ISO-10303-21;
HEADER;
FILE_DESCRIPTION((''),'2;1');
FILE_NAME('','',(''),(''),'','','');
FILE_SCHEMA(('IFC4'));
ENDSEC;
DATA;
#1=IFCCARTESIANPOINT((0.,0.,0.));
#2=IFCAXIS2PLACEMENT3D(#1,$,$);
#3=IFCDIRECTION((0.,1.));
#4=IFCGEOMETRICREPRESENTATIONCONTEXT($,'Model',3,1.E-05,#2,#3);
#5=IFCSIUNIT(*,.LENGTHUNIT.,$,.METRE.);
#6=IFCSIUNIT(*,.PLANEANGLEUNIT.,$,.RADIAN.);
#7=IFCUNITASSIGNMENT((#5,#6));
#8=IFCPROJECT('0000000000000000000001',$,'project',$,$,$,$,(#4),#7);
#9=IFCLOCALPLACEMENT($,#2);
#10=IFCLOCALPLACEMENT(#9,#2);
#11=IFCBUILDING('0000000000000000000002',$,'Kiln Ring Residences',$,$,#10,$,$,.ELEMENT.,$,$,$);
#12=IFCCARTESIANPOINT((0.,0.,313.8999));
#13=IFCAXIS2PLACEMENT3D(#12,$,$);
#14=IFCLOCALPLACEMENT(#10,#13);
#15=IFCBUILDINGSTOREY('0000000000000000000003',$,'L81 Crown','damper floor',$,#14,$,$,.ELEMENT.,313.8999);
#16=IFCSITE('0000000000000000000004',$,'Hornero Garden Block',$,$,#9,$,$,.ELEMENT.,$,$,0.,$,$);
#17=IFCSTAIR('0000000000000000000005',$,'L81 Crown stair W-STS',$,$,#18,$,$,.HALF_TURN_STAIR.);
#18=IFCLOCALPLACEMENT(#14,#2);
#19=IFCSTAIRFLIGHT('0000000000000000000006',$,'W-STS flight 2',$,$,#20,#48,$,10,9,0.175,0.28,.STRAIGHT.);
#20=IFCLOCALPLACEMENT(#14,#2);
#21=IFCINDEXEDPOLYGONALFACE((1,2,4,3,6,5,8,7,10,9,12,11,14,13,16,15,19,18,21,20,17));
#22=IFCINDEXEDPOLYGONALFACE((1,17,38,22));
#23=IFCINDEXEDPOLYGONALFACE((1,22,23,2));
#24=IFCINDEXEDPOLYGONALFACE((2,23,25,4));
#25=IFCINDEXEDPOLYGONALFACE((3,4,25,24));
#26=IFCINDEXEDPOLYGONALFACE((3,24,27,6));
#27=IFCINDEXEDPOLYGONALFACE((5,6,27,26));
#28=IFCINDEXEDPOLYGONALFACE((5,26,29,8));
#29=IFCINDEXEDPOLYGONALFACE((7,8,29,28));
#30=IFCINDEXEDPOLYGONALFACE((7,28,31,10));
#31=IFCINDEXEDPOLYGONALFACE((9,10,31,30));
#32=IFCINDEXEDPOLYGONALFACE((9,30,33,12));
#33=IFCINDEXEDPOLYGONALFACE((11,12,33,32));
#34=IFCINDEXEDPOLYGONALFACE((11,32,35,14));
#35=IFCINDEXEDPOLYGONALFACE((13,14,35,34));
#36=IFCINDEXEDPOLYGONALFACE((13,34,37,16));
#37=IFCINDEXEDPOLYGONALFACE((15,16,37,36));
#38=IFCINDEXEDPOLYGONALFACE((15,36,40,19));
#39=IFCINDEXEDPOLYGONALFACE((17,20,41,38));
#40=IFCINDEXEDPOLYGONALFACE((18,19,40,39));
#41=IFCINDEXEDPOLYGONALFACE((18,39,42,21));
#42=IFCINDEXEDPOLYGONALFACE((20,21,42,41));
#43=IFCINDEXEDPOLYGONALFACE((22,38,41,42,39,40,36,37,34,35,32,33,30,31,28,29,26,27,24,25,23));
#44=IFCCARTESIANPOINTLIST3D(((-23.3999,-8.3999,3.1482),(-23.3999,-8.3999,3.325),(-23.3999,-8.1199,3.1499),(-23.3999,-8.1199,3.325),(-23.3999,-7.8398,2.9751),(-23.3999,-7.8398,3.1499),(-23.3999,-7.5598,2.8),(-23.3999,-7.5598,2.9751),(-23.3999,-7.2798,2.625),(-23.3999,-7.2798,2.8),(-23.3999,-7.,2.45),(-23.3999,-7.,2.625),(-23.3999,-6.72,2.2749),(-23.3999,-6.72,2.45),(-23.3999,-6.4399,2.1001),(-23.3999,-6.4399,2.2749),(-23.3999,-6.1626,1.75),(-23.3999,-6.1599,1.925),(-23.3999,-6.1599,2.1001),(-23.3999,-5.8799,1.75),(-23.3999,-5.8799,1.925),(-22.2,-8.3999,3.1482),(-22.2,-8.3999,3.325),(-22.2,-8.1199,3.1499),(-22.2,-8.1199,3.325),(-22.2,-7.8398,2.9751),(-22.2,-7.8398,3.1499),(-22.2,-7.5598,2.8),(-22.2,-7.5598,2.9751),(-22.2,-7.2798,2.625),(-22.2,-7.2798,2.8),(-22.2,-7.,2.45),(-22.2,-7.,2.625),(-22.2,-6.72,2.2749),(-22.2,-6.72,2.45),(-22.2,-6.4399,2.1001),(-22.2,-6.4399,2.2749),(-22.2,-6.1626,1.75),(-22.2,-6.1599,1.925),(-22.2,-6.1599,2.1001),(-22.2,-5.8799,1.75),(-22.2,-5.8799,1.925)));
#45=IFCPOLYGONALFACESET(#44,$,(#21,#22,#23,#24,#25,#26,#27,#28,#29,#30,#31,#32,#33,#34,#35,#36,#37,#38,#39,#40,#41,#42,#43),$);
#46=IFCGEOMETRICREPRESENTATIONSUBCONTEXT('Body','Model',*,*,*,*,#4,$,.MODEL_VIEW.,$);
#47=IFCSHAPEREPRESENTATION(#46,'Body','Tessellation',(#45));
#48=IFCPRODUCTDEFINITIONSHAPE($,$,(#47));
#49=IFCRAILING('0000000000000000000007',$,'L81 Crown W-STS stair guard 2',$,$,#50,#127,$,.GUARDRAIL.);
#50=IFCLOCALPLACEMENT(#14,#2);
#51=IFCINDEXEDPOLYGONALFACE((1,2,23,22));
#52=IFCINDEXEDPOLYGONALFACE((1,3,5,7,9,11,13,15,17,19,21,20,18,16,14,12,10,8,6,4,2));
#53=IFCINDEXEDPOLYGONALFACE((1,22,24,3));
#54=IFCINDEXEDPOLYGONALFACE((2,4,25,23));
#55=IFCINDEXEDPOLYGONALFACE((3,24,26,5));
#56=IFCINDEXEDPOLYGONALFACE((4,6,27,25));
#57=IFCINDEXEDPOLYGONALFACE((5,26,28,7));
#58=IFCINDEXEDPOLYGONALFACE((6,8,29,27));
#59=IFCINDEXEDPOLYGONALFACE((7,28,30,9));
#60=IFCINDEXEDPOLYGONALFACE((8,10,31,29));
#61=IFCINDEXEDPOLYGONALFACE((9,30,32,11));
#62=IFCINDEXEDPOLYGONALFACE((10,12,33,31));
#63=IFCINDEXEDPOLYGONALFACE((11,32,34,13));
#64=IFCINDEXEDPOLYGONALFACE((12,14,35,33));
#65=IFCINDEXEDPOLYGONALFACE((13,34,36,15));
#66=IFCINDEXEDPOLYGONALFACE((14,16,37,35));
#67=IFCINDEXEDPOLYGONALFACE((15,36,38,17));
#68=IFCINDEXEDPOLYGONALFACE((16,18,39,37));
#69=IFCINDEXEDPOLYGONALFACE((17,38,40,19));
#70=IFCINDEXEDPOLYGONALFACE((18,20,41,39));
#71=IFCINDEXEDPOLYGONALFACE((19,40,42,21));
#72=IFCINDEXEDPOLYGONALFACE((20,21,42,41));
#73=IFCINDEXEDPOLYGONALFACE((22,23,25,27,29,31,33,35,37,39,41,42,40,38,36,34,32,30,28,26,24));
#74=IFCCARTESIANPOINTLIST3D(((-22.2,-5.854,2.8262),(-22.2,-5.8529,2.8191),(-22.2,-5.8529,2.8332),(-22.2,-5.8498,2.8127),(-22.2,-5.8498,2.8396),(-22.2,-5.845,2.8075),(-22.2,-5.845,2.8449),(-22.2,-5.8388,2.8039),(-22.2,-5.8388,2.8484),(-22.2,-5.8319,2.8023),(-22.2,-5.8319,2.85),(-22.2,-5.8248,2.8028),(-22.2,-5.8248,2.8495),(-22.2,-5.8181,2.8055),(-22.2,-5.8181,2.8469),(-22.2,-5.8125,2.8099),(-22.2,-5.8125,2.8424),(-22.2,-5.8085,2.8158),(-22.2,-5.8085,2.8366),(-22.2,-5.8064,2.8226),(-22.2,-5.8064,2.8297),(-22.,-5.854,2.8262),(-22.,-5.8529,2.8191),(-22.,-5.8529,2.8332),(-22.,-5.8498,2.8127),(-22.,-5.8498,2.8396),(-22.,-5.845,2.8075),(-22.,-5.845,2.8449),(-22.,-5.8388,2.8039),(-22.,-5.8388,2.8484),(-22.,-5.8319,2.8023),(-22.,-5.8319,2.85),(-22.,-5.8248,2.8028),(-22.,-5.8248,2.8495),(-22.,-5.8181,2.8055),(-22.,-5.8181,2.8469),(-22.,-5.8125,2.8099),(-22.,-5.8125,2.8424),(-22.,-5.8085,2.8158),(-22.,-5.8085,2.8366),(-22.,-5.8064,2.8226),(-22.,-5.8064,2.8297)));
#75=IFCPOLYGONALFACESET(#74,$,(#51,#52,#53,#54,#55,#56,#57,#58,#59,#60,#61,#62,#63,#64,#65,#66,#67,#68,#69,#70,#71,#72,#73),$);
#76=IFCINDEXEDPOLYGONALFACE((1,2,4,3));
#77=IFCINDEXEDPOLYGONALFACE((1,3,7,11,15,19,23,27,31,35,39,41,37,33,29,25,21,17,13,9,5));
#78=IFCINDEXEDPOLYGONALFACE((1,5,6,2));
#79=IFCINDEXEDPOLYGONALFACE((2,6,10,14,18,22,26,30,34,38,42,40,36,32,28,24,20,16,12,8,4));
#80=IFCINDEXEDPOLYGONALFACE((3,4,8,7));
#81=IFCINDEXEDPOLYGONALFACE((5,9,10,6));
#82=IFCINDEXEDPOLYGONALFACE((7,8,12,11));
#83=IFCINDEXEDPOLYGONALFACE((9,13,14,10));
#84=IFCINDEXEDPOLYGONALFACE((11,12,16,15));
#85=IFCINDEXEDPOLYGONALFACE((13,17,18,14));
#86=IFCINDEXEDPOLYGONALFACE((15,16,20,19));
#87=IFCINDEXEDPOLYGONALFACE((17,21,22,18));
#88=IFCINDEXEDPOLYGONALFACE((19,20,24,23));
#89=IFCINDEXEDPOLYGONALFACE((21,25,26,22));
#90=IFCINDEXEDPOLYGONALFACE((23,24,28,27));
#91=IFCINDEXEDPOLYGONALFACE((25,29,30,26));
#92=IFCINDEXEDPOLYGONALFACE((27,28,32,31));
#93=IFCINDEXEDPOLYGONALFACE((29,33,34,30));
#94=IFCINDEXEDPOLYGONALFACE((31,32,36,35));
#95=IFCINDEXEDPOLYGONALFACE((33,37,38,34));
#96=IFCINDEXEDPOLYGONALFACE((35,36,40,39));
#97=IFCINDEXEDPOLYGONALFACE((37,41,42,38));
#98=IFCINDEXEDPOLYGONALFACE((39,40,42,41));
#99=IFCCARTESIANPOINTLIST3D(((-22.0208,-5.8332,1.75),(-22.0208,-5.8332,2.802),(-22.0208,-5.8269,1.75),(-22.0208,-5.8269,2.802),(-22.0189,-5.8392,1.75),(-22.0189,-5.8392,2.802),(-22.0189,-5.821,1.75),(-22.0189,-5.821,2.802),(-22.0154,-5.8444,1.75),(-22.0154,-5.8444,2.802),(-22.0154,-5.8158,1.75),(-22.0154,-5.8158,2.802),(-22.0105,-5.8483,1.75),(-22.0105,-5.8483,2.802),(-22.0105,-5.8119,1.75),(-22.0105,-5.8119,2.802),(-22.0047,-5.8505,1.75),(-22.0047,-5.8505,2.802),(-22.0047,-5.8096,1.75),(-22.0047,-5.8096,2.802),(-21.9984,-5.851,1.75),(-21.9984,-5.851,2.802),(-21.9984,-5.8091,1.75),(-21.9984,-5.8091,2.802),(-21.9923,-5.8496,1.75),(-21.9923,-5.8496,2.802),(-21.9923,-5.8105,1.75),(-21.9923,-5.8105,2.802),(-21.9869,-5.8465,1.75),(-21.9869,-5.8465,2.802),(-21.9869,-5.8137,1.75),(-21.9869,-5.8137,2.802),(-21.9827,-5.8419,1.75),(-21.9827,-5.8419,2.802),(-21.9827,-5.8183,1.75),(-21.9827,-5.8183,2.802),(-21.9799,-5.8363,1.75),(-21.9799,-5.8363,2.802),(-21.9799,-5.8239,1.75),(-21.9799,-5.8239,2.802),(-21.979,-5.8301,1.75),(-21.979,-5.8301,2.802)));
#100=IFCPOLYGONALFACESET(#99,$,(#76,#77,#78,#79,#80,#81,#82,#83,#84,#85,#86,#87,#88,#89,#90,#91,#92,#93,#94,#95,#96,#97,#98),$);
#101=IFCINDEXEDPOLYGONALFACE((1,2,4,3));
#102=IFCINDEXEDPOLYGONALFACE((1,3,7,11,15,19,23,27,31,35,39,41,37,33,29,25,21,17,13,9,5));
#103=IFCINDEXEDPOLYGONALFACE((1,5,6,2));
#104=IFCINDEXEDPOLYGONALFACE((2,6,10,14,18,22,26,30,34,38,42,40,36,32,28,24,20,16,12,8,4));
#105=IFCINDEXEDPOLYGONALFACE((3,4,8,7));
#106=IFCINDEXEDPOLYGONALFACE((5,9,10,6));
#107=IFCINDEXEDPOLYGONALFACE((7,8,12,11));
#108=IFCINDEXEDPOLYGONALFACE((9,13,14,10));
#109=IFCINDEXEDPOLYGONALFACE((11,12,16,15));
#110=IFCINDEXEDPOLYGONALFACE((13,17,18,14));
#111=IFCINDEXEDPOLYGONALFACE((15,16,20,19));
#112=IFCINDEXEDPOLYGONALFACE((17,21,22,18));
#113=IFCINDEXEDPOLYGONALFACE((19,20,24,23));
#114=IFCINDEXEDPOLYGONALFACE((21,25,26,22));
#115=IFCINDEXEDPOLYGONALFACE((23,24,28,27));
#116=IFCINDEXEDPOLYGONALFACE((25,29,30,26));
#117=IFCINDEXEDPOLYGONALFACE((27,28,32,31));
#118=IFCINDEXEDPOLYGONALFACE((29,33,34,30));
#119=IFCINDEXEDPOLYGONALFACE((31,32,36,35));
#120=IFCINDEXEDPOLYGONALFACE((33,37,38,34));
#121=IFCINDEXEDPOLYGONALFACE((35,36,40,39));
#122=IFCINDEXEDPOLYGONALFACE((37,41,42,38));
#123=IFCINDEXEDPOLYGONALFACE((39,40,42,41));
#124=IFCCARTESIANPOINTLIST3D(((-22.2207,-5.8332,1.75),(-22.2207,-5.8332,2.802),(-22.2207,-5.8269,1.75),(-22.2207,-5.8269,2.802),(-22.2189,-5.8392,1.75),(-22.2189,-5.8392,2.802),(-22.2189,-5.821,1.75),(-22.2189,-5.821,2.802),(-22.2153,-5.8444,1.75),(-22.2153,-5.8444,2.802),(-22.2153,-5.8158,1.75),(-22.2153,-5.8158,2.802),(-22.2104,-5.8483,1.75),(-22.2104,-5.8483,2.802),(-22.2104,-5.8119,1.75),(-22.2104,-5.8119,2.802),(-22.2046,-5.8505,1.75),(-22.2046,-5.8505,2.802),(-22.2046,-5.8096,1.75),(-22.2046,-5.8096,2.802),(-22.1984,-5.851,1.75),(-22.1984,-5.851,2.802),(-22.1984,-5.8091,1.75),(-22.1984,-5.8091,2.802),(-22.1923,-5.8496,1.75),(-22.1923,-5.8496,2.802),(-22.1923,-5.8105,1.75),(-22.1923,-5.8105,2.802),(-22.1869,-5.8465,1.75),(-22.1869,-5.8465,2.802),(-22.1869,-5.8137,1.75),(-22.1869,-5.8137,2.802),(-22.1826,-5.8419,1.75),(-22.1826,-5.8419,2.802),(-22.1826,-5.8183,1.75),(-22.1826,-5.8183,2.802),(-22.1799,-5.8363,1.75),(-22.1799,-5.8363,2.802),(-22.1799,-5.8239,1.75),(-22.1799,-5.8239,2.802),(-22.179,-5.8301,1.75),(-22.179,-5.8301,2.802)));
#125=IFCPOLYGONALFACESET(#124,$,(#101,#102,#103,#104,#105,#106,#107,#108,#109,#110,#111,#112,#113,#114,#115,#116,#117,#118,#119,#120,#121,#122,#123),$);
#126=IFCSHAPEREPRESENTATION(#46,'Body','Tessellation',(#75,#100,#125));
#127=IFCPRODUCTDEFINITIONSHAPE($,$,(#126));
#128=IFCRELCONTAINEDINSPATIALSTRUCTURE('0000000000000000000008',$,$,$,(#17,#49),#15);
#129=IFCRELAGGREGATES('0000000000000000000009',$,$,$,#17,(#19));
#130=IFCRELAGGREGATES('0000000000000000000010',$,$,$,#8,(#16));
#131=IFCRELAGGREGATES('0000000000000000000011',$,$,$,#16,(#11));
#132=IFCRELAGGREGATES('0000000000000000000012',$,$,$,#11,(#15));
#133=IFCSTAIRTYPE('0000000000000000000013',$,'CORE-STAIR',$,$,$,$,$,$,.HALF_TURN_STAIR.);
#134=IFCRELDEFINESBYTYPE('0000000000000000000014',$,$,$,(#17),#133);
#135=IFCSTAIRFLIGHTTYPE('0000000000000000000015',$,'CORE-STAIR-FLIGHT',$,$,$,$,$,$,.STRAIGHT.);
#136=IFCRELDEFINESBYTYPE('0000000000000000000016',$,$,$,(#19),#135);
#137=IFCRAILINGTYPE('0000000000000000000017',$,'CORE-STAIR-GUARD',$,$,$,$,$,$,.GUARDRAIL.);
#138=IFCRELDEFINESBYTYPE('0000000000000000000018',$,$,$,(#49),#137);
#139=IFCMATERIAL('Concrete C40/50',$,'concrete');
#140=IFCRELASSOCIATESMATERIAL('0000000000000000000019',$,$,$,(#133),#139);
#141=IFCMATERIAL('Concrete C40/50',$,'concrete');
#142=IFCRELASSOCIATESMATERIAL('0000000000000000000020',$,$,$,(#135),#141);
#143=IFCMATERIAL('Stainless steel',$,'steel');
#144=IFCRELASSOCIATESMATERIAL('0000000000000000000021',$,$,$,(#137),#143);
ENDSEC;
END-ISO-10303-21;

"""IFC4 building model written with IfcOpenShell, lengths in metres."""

from ifc_helpers import new_model, si_unit, direction, frame, origin, origin_2d, place, context, subcontext, project, spatial, polyline, circle, outline, extrude, material, type_object, element, aggregate, save


model = new_model("IFC4")

# Units and contexts
model_context = context("Model", 3, precision=1e-05, world=origin(), true_north=direction((0.0, 1.0)))
body_context = subcontext(model_context, "Body", "Model", "MODEL_VIEW")
ifc_project = project(units=[si_unit("LENGTHUNIT", "METRE"), si_unit("PLANEANGLEUNIT", "RADIAN")], contexts=[model_context])

# Site, building, storey
site_placement = place(None, origin())
site = spatial("IfcSite", under=ifc_project, at=site_placement, Name="Hornero Garden Block", CompositionType="ELEMENT", RefElevation=0.0)
building_placement = place(site_placement, origin())
building = spatial("IfcBuilding", under=site, at=building_placement, Name="Kiln Ring Residences", CompositionType="ELEMENT")
storey_placement = place(building_placement, frame((0.0, 0.0, 313.8999)))
storey = spatial("IfcBuildingStorey", under=building, at=storey_placement, Name="L81 Crown", Description="damper floor", CompositionType="ELEMENT", Elevation=313.8999)

# Shared definitions
placement = place(storey_placement, origin())

# Stair, stair flight
ifc_material_1 = material(Name="Concrete C40/50", Category="concrete")
stair_type = type_object("IfcStairType", Name="CORE-STAIR", PredefinedType="HALF_TURN_STAIR", material=ifc_material_1)
stair = element("IfcStair", 1, at=placement, inside=storey, type_object=stair_type, Name="L81 Crown stair W-STS", PredefinedType="HALF_TURN_STAIR")
ifc_material_2 = material(Name="Concrete C40/50", Category="concrete")
stair_flight_type = type_object("IfcStairFlightType", Name="CORE-STAIR-FLIGHT", PredefinedType="STRAIGHT", material=ifc_material_2)
stair_flight_placement = place(storey_placement, frame((-22.8, -5.8799, 1.75), z_axis=(0.0, 0.0, 1.0), x_axis=(0.0, -1.0, 0.0)))
stair_flight = element("IfcStairFlight", 2, at=stair_flight_placement, type_object=stair_flight_type, Name="W-STS flight 2", NumberOfRisers=10, NumberOfTreads=9, PredefinedType="STRAIGHT", RiserHeight=0.175, TreadLength=0.28, context=body_context, shape_type="SweptSolid", body=[
    extrude(outline(polyline([(0.0, 0.0), (0.0, 0.175), (0.28, 0.175), (0.28, 0.3501), (0.5601, 0.3501), (0.5601, 0.5249), (0.8401, 0.5249), (0.8401, 0.7), (1.1201, 0.7), (1.1201, 0.875), (1.3999, 0.875), (1.3999, 1.05), (1.6799, 1.05), (1.6799, 1.2251), (1.96, 1.2251), (1.96, 1.3999), (2.24, 1.3999), (2.24, 1.575), (2.52, 1.575), (2.52, 1.75), (2.52, 1.3982), (0.2827, 0.0), (0.0, 0.0)])), frame((0.0, 0.6001, 0.0), z_axis=(0.0, -1.0, 0.0), x_axis=(1.0, 0.0, 0.0)), (0.0, 0.0, 1.0), 1.2),
])
aggregate(stair, [stair_flight])

# Railing
ifc_material_3 = material(Name="Stainless steel", Category="steel")
railing_type_1 = type_object("IfcRailingType", Name="CORE-STAIR-GUARD", PredefinedType="GUARDRAIL", material=ifc_material_3)
railing_1_placement = place(storey_placement, frame((-22.0, -5.8301, 1.75)))
element("IfcRailing", 3, at=railing_1_placement, inside=storey, type_object=railing_type_1, Name="L81 Crown W-STS stair guard 2", PredefinedType="GUARDRAIL", context=body_context, shape_type="SweptSolid", body=[
    extrude(circle(Radius=0.0239, at=origin_2d()), frame((0.0, 0.0, 1.0762), z_axis=(-1.0, 0.0, 0.0), x_axis=(0.0, -1.0, 0.0)), (0.0, 0.0, 1.0), 0.2),
    extrude(circle(Radius=0.021, at=origin_2d()), origin(), (0.0, 0.0, 1.0), 1.052),
    extrude(circle(Radius=0.021, at=origin_2d()), frame((-0.2, 0.0, 0.0)), (0.0, 0.0, 1.0), 1.052),
])

save(model, "model.ifc")
